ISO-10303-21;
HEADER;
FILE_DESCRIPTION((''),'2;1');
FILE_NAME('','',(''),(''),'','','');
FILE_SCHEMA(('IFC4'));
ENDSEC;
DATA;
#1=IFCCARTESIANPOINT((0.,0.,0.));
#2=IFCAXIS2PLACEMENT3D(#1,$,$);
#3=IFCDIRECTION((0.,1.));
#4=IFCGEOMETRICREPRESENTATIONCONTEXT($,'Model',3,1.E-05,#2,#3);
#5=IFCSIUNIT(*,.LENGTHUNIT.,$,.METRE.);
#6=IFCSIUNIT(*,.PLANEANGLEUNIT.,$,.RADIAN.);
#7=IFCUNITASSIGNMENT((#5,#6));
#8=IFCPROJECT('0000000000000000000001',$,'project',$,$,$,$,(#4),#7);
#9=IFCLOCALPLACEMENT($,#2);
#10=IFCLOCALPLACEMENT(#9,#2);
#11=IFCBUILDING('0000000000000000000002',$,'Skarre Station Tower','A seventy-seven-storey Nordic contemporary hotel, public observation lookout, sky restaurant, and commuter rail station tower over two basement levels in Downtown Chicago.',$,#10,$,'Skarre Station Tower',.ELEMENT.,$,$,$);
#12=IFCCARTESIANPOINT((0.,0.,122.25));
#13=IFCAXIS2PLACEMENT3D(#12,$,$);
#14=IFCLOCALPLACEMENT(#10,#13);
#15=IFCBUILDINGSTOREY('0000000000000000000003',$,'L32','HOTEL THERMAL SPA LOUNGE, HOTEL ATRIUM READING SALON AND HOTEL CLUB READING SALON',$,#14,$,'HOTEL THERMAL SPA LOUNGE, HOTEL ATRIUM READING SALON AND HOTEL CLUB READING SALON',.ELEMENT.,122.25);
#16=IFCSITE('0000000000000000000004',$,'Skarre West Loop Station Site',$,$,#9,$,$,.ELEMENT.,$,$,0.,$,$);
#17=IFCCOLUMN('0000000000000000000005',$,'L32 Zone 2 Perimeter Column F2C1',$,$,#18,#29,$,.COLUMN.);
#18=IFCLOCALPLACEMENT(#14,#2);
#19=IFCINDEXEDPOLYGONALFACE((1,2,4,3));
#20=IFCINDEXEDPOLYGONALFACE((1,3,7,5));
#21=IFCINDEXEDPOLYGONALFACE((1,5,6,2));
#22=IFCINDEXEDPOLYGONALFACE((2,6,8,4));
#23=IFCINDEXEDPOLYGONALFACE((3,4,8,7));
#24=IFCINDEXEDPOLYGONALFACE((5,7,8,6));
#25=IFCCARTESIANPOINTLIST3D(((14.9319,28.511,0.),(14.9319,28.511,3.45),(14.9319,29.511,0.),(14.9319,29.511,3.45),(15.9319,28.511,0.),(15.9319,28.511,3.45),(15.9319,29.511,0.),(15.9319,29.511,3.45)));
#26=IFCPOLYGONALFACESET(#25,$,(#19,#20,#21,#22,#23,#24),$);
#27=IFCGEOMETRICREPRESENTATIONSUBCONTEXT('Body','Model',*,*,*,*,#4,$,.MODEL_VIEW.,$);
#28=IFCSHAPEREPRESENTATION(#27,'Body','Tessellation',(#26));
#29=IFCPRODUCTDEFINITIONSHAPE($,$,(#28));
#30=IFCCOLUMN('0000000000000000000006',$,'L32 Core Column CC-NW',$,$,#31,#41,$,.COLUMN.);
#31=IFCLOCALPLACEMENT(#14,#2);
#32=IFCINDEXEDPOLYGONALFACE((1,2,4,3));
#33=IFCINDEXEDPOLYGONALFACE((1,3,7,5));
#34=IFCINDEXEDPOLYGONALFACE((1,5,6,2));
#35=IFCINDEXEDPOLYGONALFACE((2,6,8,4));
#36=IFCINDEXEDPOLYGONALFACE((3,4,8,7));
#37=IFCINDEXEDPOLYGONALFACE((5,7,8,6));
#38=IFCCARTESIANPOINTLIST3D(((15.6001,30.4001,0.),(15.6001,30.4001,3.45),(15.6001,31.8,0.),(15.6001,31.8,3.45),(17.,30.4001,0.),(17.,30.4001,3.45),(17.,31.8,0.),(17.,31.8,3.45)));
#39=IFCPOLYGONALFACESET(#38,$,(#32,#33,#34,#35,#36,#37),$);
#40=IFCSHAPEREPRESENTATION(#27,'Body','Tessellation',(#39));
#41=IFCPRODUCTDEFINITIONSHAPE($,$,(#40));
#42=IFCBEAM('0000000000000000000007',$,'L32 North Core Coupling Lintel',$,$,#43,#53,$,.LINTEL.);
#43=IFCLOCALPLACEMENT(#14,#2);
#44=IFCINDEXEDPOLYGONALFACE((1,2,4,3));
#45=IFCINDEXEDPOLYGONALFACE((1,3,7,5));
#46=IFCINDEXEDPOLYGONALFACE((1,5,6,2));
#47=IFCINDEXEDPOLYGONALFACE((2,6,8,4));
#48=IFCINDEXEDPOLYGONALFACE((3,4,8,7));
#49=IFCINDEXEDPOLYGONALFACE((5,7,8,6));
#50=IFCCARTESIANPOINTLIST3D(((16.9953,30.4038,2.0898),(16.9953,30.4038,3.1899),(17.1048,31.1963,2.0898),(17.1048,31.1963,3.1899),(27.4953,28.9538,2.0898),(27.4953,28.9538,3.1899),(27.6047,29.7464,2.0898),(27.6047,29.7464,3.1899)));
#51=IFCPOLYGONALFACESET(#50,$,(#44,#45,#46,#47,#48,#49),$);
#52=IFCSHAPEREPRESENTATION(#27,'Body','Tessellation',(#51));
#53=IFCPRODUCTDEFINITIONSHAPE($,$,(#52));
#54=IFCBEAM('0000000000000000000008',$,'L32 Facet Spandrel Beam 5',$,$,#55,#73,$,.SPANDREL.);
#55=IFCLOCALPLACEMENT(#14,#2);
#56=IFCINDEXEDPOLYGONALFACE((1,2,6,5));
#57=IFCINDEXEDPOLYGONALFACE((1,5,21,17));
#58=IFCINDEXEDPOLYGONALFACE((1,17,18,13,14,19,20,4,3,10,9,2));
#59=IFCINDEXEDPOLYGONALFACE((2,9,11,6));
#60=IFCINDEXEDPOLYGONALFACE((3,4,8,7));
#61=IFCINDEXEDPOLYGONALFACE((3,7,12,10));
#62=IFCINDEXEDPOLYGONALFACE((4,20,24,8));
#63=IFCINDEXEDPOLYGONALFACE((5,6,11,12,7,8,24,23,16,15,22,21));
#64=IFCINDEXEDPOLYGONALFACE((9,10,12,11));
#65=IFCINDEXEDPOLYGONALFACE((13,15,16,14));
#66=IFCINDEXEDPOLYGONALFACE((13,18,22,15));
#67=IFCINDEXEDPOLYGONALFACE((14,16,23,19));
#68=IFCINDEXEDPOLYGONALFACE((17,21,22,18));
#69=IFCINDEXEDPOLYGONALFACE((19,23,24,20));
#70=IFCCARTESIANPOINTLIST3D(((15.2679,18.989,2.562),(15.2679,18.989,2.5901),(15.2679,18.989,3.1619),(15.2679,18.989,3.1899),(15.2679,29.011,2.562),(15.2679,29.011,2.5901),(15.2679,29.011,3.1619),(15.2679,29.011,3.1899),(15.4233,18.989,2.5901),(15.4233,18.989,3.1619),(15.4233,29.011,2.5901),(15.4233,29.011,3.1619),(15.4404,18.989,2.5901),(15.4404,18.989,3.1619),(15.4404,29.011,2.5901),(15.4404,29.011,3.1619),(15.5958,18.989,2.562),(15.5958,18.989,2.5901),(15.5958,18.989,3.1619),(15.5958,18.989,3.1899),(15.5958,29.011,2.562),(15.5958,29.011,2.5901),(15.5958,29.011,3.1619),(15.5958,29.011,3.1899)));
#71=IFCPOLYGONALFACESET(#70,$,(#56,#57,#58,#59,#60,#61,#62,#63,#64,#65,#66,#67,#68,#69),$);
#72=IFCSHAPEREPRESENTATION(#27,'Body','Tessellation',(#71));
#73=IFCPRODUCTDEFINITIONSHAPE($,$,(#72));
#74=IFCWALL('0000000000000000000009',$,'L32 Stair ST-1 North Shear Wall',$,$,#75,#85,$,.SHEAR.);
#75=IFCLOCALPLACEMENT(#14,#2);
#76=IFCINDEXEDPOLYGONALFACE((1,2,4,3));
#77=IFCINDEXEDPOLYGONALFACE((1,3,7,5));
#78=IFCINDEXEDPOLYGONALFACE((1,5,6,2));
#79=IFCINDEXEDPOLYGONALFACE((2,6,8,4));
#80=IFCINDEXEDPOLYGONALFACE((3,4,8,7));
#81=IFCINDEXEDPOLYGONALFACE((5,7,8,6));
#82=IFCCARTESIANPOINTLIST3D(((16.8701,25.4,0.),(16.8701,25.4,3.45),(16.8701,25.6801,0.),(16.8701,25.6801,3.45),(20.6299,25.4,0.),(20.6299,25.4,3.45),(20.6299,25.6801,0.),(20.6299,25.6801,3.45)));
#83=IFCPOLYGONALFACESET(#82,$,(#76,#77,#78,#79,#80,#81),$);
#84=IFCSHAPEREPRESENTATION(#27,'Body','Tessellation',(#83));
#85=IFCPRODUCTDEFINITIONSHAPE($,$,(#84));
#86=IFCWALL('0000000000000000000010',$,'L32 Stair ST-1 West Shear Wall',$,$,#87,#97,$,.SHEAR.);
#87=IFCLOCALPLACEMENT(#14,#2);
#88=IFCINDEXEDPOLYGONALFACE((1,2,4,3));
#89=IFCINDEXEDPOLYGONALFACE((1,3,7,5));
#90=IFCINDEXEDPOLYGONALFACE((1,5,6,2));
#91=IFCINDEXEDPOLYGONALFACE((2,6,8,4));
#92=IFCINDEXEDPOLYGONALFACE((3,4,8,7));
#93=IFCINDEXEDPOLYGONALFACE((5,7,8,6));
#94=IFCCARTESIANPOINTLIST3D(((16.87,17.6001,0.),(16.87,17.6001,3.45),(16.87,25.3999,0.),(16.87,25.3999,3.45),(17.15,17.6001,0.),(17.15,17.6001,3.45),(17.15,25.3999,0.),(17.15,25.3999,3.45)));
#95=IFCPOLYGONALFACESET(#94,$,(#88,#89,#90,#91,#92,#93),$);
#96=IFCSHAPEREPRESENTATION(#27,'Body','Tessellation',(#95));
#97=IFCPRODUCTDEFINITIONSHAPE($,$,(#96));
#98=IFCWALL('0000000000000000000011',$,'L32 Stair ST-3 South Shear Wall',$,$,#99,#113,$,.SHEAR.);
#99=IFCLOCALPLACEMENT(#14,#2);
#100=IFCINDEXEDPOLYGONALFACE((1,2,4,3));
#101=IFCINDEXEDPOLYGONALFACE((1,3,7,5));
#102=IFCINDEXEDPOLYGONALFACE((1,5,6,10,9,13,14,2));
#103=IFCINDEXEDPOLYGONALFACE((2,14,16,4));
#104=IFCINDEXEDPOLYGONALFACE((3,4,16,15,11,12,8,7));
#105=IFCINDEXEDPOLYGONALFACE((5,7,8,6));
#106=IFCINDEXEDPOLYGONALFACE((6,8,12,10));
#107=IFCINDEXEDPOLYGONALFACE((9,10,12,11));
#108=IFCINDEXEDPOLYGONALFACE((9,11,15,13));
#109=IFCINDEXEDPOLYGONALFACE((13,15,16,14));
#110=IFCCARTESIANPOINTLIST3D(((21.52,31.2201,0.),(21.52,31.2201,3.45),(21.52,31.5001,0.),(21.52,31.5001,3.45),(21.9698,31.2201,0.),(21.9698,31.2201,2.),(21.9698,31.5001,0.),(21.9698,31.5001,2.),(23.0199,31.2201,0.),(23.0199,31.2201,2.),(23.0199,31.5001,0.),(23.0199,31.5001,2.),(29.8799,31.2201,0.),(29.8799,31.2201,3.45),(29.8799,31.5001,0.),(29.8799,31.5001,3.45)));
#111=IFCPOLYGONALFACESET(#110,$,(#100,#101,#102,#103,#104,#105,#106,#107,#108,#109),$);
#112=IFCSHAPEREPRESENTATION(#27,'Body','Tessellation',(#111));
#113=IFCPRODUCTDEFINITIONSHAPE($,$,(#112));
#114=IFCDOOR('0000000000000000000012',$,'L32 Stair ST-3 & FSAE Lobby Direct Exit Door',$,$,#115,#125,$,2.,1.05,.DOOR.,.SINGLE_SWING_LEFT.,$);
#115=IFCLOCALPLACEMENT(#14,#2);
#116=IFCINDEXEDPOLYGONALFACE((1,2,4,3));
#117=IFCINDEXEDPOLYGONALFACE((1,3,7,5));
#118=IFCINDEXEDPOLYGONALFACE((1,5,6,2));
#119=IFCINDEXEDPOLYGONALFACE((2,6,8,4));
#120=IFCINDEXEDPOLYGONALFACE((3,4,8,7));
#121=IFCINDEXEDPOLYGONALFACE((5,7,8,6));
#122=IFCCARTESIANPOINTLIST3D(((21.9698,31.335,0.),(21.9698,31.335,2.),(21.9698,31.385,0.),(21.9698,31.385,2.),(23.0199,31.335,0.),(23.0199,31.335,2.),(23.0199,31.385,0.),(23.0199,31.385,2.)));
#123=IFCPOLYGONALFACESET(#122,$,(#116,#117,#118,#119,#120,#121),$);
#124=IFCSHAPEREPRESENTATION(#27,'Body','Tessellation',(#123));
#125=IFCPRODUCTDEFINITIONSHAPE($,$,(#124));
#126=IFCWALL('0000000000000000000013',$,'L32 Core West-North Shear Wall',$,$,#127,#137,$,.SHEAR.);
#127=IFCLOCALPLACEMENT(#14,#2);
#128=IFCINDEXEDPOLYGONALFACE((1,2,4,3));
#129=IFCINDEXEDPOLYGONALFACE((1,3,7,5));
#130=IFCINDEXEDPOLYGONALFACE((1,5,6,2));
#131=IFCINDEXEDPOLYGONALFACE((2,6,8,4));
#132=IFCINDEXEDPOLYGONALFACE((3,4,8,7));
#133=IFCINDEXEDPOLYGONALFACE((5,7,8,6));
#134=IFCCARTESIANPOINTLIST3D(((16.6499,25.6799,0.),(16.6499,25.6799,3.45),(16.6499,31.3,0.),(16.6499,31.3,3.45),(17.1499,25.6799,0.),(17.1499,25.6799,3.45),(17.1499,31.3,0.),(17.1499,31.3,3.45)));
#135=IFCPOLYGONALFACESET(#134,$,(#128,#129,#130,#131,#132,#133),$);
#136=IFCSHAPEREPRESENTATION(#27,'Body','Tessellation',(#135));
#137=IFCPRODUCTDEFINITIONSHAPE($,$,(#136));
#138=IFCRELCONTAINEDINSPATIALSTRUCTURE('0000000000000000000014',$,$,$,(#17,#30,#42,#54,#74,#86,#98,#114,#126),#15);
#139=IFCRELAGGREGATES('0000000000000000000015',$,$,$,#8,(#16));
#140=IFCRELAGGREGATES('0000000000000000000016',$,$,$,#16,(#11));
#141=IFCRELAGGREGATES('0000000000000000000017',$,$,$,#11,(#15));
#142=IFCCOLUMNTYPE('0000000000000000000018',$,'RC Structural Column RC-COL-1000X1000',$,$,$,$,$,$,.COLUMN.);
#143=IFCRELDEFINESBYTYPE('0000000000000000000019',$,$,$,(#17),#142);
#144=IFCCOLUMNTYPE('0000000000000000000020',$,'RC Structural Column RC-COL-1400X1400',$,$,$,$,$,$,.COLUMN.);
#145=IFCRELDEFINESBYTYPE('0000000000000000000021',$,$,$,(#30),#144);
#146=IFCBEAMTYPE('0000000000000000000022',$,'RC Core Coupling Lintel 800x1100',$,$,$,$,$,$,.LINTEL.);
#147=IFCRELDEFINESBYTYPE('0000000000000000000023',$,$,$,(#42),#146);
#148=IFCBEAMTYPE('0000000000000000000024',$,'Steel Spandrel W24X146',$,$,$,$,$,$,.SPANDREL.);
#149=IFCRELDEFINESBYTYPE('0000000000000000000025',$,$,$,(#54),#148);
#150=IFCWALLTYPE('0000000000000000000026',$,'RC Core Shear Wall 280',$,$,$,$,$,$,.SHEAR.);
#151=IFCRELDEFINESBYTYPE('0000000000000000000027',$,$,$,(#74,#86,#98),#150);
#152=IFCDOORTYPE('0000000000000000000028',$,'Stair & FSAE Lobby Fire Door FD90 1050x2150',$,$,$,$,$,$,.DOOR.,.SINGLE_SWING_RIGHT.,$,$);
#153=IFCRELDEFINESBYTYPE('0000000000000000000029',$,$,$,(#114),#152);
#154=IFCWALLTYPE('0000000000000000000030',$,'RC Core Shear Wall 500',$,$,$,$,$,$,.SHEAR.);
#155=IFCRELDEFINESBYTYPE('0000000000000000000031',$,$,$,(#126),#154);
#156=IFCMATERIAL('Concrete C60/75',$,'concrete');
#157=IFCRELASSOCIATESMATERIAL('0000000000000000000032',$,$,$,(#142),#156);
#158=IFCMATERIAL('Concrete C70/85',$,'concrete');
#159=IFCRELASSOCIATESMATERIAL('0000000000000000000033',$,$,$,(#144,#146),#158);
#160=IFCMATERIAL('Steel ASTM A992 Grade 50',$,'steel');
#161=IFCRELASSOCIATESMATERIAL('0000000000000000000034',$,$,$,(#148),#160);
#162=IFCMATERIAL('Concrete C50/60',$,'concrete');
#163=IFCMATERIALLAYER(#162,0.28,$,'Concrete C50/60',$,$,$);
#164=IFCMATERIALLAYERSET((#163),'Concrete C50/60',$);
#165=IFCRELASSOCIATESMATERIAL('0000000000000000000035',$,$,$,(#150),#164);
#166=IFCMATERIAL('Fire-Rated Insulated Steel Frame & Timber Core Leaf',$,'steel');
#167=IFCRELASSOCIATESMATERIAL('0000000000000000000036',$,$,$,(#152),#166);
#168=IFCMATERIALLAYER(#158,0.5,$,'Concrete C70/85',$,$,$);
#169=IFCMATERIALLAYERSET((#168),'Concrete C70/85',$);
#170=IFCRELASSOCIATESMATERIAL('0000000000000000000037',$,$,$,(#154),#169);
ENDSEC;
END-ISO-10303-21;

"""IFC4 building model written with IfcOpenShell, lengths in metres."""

from ifc_helpers import new_model, si_unit, direction, frame, frame_2d, origin, origin_2d, place, context, subcontext, project, spatial, rectangle, i_section, extrude, material, layer, layer_set, material_profile, profile_set, type_object, element, fill, save


model = new_model("IFC4")

# Units and contexts
model_context = context("Model", 3, precision=1e-05, world=origin(), true_north=direction((0.0, 1.0)))
body_context = subcontext(model_context, "Body", "Model", "MODEL_VIEW")
ifc_project = project(units=[si_unit("LENGTHUNIT", "METRE"), si_unit("PLANEANGLEUNIT", "RADIAN")], contexts=[model_context])

# Site, building, storey
site_placement = place(None, origin())
site = spatial("IfcSite", under=ifc_project, at=site_placement, Name="Skarre West Loop Station Site", CompositionType="ELEMENT", RefElevation=0.0)
building_placement = place(site_placement, origin())
building = spatial("IfcBuilding", under=site, at=building_placement, Name="Skarre Station Tower", Description="A seventy-seven-storey Nordic contemporary hotel, public observation lookout, sky restaurant, and commuter rail station tower over two basement levels in Downtown Chicago.", LongName="Skarre Station Tower", CompositionType="ELEMENT")
storey_placement = place(building_placement, frame((0.0, 0.0, 122.25)))
storey = spatial("IfcBuildingStorey", under=building, at=storey_placement, Name="L32", Description="HOTEL THERMAL SPA LOUNGE, HOTEL ATRIUM READING SALON AND HOTEL CLUB READING SALON", LongName="HOTEL THERMAL SPA LOUNGE, HOTEL ATRIUM READING SALON AND HOTEL CLUB READING SALON", CompositionType="ELEMENT", Elevation=122.25)

# Columns
ifc_material_1 = material(Name="Concrete C60/75", Category="concrete")
ifc_material_profile_1 = material_profile(ifc_material_1, rectangle(XDim=1.0, YDim=1.0, at=origin_2d()), Name="Concrete C60/75")
ifc_profile_set_1 = profile_set([ifc_material_profile_1], Name="Concrete C60/75")
column_type_1 = type_object("IfcColumnType", Name="RC Structural Column RC-COL-1000X1000", PredefinedType="COLUMN", material=ifc_profile_set_1)
column_1_placement = place(storey_placement, frame((15.4319, 29.011, 0.0), z_axis=(0.0, 0.0, 1.0), x_axis=(1.0, 0.0, 0.0)))
element("IfcColumn", 1, at=column_1_placement, inside=storey, type_object=column_type_1, Name="L32 Zone 2 Perimeter Column F2C1", PredefinedType="COLUMN", context=body_context, shape_type="SweptSolid", body=[
    extrude(rectangle(XDim=1.0, YDim=1.0, at=origin_2d()), origin(), (0.0, 0.0, 1.0), 3.45),
])
ifc_material_2 = material(Name="Concrete C70/85", Category="concrete")
ifc_material_profile_2 = material_profile(ifc_material_2, rectangle(XDim=1.3999, YDim=1.3999, at=origin_2d()), Name="Concrete C70/85")
ifc_profile_set_2 = profile_set([ifc_material_profile_2], Name="Concrete C70/85")
column_type_2 = type_object("IfcColumnType", Name="RC Structural Column RC-COL-1400X1400", PredefinedType="COLUMN", material=ifc_profile_set_2)
column_2_placement = place(storey_placement, frame((16.3, 31.1001, 0.0), z_axis=(0.0, 0.0, 1.0), x_axis=(1.0, 0.0, 0.0)))
element("IfcColumn", 2, at=column_2_placement, inside=storey, type_object=column_type_2, Name="L32 Core Column CC-NW", PredefinedType="COLUMN", context=body_context, shape_type="SweptSolid", body=[
    extrude(rectangle(XDim=1.3999, YDim=1.3999, at=origin_2d()), origin(), (0.0, 0.0, 1.0), 3.45),
])

# Beams
ifc_material_profile_3 = material_profile(ifc_material_2, rectangle(XDim=0.8, YDim=1.1001, at=origin_2d()), Name="Concrete C70/85")
ifc_profile_set_3 = profile_set([ifc_material_profile_3], Name="Concrete C70/85")
beam_type_1 = type_object("IfcBeamType", Name="RC Core Coupling Lintel 800x1100", PredefinedType="LINTEL", material=ifc_profile_set_3)
beam_1_placement = place(storey_placement, frame((17.05, 30.8, 2.6399), z_axis=(0.9906, -0.136792, 0.0), x_axis=(0.136792, 0.9906, 0.0)))
element("IfcBeam", 3, at=beam_1_placement, inside=storey, type_object=beam_type_1, Name="L32 North Core Coupling Lintel", PredefinedType="LINTEL", context=body_context, shape_type="SweptSolid", body=[
    extrude(rectangle(XDim=0.8, YDim=1.1001, at=origin_2d()), origin(), (0.0, 0.0, 1.0), 10.5996),
])
ifc_material_3 = material(Name="Steel ASTM A992 Grade 50", Category="steel")
ifc_material_profile_4 = material_profile(ifc_material_3, i_section(OverallWidth=0.3279, OverallDepth=0.6279, WebThickness=0.0171, FlangeThickness=0.0281, at=origin_2d()), Name="Steel ASTM A992 Grade 50")
ifc_profile_set_4 = profile_set([ifc_material_profile_4], Name="Steel ASTM A992 Grade 50")
beam_type_2 = type_object("IfcBeamType", Name="Steel Spandrel W24X146", PredefinedType="SPANDREL", material=ifc_profile_set_4)
beam_2_placement = place(storey_placement, frame((15.4319, 29.011, 2.876), z_axis=(0.0, -1.0, 0.0), x_axis=(1.0, 0.0, 0.0)))
element("IfcBeam", 4, at=beam_2_placement, inside=storey, type_object=beam_type_2, Name="L32 Facet Spandrel Beam 5", PredefinedType="SPANDREL", context=body_context, shape_type="SweptSolid", body=[
    extrude(i_section(OverallWidth=0.3279, OverallDepth=0.6279, WebThickness=0.0171, FlangeThickness=0.0281, at=origin_2d()), origin(), (0.0, 0.0, 1.0), 10.022),
])

# Walls
ifc_material_4 = material(Name="Concrete C50/60", Category="concrete")
ifc_layer_1 = layer(ifc_material_4, 0.28, Name="Concrete C50/60")
ifc_layer_set_1 = layer_set([ifc_layer_1], Name="Concrete C50/60")
wall_type_1 = type_object("IfcWallType", Name="RC Core Shear Wall 280", PredefinedType="SHEAR", material=ifc_layer_set_1)
wall_1_placement = place(storey_placement, frame((20.6299, 25.54, 0.0), z_axis=(0.0, 0.0, 1.0), x_axis=(-1.0, 0.0, 0.0)))
element("IfcWall", 5, at=wall_1_placement, inside=storey, type_object=wall_type_1, Name="L32 Stair ST-1 North Shear Wall", PredefinedType="SHEAR", context=body_context, shape_type="SweptSolid", body=[
    extrude(rectangle(XDim=3.7598, YDim=0.28, at=frame_2d((1.8799, 0.0))), origin(), (0.0, 0.0, 1.0), 3.45),
])
wall_2_placement = place(storey_placement, frame((17.01, 25.3999, 0.0), z_axis=(0.0, 0.0, 1.0), x_axis=(0.0, -1.0, 0.0)))
element("IfcWall", 6, at=wall_2_placement, inside=storey, type_object=wall_type_1, Name="L32 Stair ST-1 West Shear Wall", PredefinedType="SHEAR", context=body_context, shape_type="SweptSolid", body=[
    extrude(rectangle(XDim=7.7998, YDim=0.28, at=frame_2d((3.8999, 0.0))), origin(), (0.0, 0.0, 1.0), 3.45),
])

# Wall, opening, door
wall_3_placement = place(storey_placement, frame((21.52, 31.3601, 0.0), z_axis=(0.0, 0.0, 1.0), x_axis=(1.0, 0.0, 0.0)))
wall_3 = element("IfcWall", 7, at=wall_3_placement, inside=storey, type_object=wall_type_1, Name="L32 Stair ST-3 South Shear Wall", PredefinedType="SHEAR", context=body_context, shape_type="SweptSolid", body=[
    extrude(rectangle(XDim=8.3599, YDim=0.28, at=frame_2d((4.1799, 0.0))), origin(), (0.0, 0.0, 1.0), 3.45),
])
opening_1_placement = place(wall_3_placement, frame((0.45, 0.0, 0.0)))
opening_1 = element("IfcOpeningElement", 8, at=opening_1_placement, cuts=wall_3, PredefinedType="OPENING", context=body_context, shape_type="SweptSolid", body=[
    extrude(rectangle(XDim=1.05, YDim=2.0, at=frame_2d((0.5249, 1.0))), frame((0.0, 0.1499, 0.0), z_axis=(0.0, -1.0, 0.0), x_axis=(1.0, 0.0, 0.0)), (0.0, 0.0, 1.0), 0.3),
])
ifc_material_5 = material(Name="Fire-Rated Insulated Steel Frame & Timber Core Leaf", Category="steel")
door_type_1 = type_object("IfcDoorType", Name="Stair & FSAE Lobby Fire Door FD90 1050x2150", OperationType="SINGLE_SWING_RIGHT", PredefinedType="DOOR", material=ifc_material_5)
door_1_placement = place(opening_1_placement, origin())
door_1 = element("IfcDoor", 9, at=door_1_placement, inside=storey, type_object=door_type_1, Name="L32 Stair ST-3 & FSAE Lobby Direct Exit Door", OperationType="SINGLE_SWING_LEFT", OverallHeight=2.0, OverallWidth=1.05, PredefinedType="DOOR", context=body_context, shape_type="SweptSolid", body=[
    extrude(rectangle(XDim=1.05, YDim=2.0, at=frame_2d((0.5249, 1.0))), frame((0.0, 0.0249, 0.0), z_axis=(0.0, -1.0, 0.0), x_axis=(1.0, 0.0, 0.0)), (0.0, 0.0, 1.0), 0.05),
])
fill(opening_1, door_1)

# Wall
ifc_layer_2 = layer(ifc_material_2, 0.5, Name="Concrete C70/85")
ifc_layer_set_2 = layer_set([ifc_layer_2], Name="Concrete C70/85")
wall_type_2 = type_object("IfcWallType", Name="RC Core Shear Wall 500", PredefinedType="SHEAR", material=ifc_layer_set_2)
wall_4_placement = place(storey_placement, frame((16.8999, 25.6799, 0.0), z_axis=(0.0, 0.0, 1.0), x_axis=(0.0, 1.0, 0.0)))
element("IfcWall", 10, at=wall_4_placement, inside=storey, type_object=wall_type_2, Name="L32 Core West-North Shear Wall", PredefinedType="SHEAR", context=body_context, shape_type="SweptSolid", body=[
    extrude(rectangle(XDim=5.6201, YDim=0.5, at=frame_2d((2.8101, 0.0))), origin(), (0.0, 0.0, 1.0), 3.45),
])

save(model, "model.ifc")
